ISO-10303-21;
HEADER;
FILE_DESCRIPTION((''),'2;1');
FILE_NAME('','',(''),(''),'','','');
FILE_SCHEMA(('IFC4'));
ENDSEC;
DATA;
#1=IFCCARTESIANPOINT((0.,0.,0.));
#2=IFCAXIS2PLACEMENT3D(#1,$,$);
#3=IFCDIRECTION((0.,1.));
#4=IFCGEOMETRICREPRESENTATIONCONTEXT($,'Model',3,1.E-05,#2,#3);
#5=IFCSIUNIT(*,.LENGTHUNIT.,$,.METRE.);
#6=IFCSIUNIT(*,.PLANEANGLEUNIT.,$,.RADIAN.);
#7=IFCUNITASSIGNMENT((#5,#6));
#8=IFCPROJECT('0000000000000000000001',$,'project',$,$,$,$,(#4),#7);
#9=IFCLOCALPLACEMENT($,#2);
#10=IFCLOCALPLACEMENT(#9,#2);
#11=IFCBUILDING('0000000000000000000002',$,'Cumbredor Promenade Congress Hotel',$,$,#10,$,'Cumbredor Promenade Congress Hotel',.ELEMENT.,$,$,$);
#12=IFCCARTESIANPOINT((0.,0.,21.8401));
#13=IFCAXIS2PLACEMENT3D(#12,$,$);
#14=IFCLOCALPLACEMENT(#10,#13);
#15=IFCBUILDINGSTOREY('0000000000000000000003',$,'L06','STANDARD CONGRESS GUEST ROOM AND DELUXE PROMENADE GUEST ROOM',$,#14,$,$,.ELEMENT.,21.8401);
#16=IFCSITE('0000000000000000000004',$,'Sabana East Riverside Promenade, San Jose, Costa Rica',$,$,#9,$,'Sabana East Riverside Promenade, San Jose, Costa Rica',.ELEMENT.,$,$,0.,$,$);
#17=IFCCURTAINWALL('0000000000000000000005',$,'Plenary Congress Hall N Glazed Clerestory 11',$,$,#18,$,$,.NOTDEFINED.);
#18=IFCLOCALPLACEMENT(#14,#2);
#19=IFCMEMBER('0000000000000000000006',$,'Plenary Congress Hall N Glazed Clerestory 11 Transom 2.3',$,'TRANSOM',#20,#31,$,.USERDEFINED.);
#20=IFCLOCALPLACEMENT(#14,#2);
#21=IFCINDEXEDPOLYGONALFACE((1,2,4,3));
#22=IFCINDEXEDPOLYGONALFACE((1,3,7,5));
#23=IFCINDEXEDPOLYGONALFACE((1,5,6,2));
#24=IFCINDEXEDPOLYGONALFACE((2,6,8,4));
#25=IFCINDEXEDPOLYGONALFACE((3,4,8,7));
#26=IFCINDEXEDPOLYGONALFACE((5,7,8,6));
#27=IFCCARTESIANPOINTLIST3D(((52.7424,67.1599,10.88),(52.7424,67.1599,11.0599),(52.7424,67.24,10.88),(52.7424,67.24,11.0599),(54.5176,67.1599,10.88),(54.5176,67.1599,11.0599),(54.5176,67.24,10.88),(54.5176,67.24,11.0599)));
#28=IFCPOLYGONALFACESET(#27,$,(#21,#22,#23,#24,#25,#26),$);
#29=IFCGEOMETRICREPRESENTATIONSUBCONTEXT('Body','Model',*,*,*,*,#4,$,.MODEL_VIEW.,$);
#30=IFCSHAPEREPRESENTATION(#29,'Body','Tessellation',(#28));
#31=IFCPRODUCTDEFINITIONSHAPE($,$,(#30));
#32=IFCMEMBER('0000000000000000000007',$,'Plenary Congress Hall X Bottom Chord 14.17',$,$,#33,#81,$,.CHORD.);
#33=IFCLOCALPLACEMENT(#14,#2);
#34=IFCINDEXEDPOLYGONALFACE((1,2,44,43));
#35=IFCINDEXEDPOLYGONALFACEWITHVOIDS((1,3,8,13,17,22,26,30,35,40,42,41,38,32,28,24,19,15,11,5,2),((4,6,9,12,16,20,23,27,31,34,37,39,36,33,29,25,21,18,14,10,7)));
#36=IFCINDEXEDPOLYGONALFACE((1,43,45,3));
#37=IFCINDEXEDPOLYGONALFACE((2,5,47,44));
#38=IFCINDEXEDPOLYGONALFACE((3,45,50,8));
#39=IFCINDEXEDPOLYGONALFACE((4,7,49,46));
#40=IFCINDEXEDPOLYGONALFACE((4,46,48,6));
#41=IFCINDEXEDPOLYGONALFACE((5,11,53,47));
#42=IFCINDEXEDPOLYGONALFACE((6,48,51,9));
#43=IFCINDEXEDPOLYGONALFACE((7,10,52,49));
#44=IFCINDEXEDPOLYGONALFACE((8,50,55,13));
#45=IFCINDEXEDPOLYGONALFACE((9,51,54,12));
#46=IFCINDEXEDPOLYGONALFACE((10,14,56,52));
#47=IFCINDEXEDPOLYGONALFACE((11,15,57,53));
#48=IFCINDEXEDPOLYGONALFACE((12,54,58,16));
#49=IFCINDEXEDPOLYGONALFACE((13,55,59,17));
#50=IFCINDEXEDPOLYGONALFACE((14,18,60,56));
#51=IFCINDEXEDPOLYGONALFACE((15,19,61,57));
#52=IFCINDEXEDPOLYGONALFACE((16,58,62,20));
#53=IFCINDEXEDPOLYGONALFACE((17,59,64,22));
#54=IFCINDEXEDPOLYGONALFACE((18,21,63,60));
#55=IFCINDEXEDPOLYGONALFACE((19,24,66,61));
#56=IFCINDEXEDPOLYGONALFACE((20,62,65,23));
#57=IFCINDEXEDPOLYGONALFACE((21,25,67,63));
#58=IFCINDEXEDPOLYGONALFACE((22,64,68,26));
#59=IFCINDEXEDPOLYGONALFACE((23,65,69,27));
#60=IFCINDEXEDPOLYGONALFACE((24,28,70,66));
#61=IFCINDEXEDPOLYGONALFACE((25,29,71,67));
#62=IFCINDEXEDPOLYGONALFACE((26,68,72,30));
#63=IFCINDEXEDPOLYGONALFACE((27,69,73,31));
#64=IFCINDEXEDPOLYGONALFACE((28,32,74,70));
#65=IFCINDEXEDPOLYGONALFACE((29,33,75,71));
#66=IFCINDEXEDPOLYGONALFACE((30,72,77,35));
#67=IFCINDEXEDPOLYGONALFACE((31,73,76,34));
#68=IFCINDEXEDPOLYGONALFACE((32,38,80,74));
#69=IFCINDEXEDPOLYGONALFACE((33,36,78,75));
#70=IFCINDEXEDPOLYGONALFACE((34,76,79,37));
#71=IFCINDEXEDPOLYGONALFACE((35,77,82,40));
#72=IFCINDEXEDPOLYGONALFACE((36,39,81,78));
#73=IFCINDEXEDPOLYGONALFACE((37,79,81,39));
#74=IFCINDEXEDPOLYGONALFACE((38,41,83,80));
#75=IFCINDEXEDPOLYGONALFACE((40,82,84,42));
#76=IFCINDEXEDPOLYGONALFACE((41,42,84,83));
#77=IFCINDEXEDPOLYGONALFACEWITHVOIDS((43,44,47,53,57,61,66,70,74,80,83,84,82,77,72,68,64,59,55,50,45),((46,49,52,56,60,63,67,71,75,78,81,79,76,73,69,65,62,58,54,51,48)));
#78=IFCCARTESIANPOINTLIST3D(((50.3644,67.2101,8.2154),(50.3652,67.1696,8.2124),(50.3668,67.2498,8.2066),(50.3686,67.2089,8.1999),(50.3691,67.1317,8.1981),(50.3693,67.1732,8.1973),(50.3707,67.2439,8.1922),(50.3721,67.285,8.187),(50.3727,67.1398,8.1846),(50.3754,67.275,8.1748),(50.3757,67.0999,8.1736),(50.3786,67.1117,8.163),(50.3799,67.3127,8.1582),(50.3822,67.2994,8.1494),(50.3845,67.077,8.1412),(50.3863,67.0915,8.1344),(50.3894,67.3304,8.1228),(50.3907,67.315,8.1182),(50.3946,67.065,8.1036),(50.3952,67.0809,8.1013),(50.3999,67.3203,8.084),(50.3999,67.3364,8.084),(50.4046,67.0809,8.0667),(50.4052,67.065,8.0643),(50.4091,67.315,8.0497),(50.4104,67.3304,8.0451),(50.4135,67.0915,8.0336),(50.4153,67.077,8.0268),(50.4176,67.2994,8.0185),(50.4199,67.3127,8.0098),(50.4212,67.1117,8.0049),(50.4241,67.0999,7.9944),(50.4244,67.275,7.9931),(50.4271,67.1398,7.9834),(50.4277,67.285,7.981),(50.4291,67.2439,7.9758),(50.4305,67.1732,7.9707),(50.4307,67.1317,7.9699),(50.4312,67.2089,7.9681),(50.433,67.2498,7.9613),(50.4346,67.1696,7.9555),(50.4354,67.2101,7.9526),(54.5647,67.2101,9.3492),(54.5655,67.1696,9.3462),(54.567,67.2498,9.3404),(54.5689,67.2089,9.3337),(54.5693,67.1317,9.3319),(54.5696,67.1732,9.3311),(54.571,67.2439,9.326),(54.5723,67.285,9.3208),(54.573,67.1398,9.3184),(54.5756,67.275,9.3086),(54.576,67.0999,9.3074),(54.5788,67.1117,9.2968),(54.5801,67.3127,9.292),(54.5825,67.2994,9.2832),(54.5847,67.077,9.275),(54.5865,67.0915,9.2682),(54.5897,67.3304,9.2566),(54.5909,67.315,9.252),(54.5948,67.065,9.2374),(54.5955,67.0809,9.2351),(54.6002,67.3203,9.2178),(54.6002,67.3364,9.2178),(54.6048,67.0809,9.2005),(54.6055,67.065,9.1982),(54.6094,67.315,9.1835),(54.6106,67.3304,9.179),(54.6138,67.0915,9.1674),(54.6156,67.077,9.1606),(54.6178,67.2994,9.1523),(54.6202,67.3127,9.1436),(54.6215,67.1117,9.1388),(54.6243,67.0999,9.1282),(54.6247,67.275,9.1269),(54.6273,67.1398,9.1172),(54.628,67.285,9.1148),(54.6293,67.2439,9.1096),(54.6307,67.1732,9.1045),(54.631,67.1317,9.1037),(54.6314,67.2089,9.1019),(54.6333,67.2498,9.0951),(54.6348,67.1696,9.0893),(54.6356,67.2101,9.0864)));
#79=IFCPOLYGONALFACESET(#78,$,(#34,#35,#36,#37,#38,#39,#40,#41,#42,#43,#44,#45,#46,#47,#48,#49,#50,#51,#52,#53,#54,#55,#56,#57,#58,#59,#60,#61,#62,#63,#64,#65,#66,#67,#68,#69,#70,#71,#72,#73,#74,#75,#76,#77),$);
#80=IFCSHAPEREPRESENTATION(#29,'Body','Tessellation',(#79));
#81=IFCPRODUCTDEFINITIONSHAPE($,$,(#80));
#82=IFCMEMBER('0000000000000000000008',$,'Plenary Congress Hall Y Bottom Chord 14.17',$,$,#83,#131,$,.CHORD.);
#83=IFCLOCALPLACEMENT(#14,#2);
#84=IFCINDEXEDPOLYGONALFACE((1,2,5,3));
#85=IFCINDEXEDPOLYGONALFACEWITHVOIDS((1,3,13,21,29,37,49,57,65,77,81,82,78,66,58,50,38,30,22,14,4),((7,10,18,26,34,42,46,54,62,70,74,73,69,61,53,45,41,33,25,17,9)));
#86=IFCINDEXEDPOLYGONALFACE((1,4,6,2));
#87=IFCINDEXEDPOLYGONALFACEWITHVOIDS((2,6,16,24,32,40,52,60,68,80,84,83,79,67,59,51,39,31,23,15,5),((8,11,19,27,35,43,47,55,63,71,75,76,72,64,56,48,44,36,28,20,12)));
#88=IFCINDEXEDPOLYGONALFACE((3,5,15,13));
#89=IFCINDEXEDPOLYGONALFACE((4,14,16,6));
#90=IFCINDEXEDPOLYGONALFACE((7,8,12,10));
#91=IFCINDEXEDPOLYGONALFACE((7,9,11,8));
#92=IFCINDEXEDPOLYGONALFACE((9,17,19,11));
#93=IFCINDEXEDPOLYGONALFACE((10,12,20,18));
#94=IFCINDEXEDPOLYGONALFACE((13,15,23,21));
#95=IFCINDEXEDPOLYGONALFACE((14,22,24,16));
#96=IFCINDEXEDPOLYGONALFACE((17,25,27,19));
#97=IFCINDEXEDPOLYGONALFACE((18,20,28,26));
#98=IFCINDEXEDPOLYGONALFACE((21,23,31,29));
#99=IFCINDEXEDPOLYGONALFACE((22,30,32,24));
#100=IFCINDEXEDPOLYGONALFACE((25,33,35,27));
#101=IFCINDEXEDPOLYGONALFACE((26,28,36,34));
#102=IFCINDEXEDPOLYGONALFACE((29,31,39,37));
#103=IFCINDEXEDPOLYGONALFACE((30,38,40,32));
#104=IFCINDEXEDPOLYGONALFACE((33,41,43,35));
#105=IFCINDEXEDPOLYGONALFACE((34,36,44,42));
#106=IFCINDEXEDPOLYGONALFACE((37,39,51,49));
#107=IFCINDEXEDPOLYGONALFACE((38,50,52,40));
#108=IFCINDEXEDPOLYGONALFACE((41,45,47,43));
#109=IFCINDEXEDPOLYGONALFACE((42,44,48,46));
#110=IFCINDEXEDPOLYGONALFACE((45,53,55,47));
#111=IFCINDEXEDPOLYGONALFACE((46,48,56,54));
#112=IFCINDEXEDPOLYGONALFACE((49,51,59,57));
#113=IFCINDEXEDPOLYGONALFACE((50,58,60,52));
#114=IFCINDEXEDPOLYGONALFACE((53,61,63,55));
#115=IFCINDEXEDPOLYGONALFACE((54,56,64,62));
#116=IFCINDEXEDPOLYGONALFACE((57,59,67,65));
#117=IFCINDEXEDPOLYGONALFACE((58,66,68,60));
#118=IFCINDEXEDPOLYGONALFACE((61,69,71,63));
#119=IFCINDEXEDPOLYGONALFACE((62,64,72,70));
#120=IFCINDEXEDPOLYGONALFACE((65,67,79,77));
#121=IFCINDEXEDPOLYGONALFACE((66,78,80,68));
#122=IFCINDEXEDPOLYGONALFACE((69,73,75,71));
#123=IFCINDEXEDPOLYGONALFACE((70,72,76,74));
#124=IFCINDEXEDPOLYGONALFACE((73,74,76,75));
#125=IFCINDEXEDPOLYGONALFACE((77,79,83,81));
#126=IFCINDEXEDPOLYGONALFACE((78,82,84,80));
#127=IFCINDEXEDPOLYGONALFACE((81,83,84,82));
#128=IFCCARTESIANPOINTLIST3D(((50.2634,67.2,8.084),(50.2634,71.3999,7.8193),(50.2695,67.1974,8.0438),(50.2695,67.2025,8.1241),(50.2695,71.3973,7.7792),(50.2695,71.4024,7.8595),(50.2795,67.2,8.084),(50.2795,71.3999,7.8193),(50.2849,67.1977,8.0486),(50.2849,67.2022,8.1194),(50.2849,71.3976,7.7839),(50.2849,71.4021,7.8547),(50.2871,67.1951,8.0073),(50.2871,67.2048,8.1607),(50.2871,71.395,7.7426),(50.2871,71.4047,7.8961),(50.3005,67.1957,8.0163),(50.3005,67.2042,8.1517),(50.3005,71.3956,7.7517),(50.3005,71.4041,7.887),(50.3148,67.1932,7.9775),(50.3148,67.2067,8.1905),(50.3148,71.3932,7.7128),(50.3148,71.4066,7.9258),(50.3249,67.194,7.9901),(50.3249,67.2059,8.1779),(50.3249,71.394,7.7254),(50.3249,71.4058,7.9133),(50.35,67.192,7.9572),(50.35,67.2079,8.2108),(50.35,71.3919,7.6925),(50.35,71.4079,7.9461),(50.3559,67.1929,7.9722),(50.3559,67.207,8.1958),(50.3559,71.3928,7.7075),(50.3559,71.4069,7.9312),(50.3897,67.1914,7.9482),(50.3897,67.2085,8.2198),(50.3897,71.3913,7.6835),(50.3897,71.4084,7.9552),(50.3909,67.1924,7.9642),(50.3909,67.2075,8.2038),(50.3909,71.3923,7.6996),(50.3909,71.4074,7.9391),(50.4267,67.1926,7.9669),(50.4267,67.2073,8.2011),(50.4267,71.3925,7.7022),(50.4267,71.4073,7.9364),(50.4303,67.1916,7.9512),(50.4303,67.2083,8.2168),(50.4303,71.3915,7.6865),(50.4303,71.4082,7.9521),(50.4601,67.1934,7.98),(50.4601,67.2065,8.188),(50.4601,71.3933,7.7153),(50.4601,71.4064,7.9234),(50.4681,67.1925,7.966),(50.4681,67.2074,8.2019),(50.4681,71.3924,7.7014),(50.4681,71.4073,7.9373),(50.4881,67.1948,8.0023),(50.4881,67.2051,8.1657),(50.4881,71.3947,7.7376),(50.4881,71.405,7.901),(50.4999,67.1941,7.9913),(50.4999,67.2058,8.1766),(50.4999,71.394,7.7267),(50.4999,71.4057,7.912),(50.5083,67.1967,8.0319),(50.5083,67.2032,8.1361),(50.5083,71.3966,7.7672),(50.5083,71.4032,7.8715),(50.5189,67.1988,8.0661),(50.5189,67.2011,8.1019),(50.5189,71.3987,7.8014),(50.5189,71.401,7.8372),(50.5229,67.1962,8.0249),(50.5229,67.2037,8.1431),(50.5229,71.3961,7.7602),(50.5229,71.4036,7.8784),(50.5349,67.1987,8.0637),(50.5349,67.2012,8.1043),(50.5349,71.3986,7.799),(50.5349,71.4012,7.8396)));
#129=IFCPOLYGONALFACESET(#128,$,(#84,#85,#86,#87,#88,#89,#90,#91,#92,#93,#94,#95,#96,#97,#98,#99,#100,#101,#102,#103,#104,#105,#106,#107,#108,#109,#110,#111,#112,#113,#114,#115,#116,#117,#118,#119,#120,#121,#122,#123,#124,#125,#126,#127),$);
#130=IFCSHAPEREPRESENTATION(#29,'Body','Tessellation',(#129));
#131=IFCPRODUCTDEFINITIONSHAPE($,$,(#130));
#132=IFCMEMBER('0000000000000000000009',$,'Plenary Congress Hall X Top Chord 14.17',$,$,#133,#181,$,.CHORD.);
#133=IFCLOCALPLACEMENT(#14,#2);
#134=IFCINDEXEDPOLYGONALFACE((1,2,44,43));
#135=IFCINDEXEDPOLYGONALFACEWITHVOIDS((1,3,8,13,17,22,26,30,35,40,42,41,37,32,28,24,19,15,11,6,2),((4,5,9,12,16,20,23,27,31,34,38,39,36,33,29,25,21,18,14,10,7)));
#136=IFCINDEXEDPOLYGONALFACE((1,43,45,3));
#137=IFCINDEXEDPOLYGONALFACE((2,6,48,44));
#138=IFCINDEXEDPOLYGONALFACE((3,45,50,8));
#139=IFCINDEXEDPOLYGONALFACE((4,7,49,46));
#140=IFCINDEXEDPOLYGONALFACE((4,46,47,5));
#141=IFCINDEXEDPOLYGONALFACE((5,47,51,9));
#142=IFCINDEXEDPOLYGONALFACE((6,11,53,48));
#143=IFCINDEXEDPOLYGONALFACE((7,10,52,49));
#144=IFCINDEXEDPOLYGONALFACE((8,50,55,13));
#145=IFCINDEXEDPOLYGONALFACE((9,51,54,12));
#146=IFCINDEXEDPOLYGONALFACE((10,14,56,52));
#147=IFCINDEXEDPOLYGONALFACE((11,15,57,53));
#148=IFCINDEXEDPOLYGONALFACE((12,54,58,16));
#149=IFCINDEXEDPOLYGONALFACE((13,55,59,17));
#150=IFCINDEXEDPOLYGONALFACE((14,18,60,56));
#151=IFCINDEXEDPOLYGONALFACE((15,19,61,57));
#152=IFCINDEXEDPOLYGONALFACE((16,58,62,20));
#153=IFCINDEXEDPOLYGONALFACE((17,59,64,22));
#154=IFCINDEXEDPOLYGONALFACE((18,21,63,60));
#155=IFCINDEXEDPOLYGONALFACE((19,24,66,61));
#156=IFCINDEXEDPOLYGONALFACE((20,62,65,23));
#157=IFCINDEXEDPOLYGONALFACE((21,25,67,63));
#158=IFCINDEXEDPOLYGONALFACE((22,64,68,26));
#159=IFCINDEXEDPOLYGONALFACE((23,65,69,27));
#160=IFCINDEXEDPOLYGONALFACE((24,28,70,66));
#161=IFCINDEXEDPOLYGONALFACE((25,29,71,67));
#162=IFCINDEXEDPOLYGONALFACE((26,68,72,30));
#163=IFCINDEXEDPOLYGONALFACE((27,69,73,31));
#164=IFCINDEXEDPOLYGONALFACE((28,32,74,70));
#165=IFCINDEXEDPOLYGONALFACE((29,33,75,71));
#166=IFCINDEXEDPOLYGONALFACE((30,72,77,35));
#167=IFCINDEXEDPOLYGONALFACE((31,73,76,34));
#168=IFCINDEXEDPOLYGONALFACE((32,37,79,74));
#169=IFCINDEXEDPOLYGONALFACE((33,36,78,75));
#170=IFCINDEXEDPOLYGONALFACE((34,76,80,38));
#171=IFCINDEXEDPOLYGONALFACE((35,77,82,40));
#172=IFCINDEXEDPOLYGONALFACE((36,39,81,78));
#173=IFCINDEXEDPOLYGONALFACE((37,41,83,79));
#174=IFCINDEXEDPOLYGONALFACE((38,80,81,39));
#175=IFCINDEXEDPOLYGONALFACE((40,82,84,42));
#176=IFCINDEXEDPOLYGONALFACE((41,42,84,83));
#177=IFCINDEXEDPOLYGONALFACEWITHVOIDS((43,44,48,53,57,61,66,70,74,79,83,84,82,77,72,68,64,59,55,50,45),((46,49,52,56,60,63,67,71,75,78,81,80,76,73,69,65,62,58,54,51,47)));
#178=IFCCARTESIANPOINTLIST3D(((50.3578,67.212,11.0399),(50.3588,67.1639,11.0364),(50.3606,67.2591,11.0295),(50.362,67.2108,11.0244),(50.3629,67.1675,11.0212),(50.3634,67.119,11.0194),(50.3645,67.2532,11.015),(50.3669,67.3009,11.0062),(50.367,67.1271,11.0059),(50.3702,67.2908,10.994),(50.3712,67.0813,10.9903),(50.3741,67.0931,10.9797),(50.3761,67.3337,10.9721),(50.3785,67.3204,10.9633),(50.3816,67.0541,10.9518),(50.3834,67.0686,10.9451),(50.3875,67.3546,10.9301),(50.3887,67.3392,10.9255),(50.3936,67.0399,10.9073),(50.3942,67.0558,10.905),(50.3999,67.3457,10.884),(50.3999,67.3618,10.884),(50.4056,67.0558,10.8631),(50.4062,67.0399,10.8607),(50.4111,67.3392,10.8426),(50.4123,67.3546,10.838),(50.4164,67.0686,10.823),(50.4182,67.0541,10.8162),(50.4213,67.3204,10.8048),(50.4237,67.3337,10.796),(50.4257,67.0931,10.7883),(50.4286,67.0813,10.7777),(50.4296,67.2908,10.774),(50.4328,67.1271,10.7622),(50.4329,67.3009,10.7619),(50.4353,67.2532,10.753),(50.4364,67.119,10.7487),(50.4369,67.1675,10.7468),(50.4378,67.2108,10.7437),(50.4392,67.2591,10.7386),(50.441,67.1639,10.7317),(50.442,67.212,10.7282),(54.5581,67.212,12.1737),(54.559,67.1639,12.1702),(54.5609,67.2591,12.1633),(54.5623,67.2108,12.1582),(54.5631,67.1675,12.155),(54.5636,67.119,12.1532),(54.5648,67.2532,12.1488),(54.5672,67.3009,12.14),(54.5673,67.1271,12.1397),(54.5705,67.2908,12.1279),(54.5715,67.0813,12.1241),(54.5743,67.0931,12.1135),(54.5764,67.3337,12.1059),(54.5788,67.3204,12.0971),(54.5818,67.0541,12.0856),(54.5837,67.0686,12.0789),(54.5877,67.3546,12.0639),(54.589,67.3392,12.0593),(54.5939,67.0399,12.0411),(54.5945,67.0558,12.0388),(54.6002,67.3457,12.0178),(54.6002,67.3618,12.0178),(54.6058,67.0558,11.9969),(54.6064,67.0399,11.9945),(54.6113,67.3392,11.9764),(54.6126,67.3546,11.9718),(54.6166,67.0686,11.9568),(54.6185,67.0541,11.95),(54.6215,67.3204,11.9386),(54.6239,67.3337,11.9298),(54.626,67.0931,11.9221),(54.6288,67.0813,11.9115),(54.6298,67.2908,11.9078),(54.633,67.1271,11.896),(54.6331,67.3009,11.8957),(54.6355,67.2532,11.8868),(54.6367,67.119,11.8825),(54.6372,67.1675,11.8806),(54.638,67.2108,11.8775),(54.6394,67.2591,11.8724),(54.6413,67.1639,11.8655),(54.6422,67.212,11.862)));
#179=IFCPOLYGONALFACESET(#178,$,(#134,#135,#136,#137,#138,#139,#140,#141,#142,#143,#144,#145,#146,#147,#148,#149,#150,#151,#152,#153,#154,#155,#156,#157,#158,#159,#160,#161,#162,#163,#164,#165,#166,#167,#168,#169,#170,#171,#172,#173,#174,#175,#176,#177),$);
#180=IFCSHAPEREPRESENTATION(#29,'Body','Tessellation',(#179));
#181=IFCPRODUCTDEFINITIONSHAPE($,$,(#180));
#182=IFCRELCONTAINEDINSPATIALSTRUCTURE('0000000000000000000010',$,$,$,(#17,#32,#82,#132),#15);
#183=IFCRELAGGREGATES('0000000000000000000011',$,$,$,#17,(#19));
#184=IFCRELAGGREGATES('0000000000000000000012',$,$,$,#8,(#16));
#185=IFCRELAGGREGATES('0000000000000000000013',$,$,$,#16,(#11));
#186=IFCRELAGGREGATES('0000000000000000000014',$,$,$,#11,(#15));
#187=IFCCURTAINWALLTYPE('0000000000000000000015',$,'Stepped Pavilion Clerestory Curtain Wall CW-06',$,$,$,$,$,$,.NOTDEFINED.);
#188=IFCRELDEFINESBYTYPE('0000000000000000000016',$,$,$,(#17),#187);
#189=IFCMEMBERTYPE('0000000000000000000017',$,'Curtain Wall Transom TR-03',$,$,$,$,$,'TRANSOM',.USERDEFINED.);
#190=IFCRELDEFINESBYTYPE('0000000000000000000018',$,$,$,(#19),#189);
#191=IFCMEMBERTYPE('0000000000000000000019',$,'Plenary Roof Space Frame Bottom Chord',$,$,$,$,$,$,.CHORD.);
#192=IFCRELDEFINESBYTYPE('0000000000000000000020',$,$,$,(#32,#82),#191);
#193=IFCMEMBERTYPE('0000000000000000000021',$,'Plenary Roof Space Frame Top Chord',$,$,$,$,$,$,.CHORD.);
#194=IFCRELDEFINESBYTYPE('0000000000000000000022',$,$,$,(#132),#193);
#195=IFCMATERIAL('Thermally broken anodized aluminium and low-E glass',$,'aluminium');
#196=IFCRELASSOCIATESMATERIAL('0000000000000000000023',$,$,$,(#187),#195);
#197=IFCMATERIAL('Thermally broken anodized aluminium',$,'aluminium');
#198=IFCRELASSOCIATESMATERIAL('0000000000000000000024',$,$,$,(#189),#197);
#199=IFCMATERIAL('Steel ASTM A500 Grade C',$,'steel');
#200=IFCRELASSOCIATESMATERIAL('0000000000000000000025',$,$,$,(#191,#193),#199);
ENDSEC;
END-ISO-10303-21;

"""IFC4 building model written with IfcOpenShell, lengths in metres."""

from ifc_helpers import new_model, si_unit, direction, frame, origin, origin_2d, place, context, subcontext, project, spatial, rectangle, hollow_circle, extrude, material, material_profile, profile_set, type_object, element, aggregate, save


model = new_model("IFC4")

# Units and contexts
model_context = context("Model", 3, precision=1e-05, world=origin(), true_north=direction((0.0, 1.0)))
body_context = subcontext(model_context, "Body", "Model", "MODEL_VIEW")
ifc_project = project(units=[si_unit("LENGTHUNIT", "METRE"), si_unit("PLANEANGLEUNIT", "RADIAN")], contexts=[model_context])

# Site, building, storey
site_placement = place(None, origin())
site = spatial("IfcSite", under=ifc_project, at=site_placement, Name="Sabana East Riverside Promenade, San Jose, Costa Rica", LongName="Sabana East Riverside Promenade, San Jose, Costa Rica", CompositionType="ELEMENT", RefElevation=0.0)
building_placement = place(site_placement, origin())
building = spatial("IfcBuilding", under=site, at=building_placement, Name="Cumbredor Promenade Congress Hotel", LongName="Cumbredor Promenade Congress Hotel", CompositionType="ELEMENT")
storey_placement = place(building_placement, frame((0.0, 0.0, 21.8401)))
storey = spatial("IfcBuildingStorey", under=building, at=storey_placement, Name="L06", Description="STANDARD CONGRESS GUEST ROOM AND DELUXE PROMENADE GUEST ROOM", CompositionType="ELEMENT", Elevation=21.8401)

# Curtain wall
ifc_material_1 = material(Name="Thermally broken anodized aluminium and low-E glass", Category="aluminium")
curtain_wall_type = type_object("IfcCurtainWallType", Name="Stepped Pavilion Clerestory Curtain Wall CW-06", PredefinedType="NOTDEFINED", material=ifc_material_1)
ifc_material_2 = material(Name="Thermally broken anodized aluminium", Category="aluminium")
curtain_wall_1_placement = place(storey_placement, origin())
curtain_wall_1 = element("IfcCurtainWall", 1, at=curtain_wall_1_placement, inside=storey, type_object=curtain_wall_type, Name="Plenary Congress Hall N Glazed Clerestory 11", PredefinedType="NOTDEFINED")

# Member
ifc_material_profile_1 = material_profile(ifc_material_2, rectangle(XDim=0.0801, YDim=0.1799, at=origin_2d()), Name="ALU TRANSOM 80x180")
ifc_profile_set_1 = profile_set([ifc_material_profile_1], Name="Thermally broken anodized aluminium")
member_type_1 = type_object("IfcMemberType", Name="Curtain Wall Transom TR-03", ElementType="TRANSOM", PredefinedType="USERDEFINED", material=ifc_profile_set_1)
member_1_placement = place(storey_placement, frame((52.7424, 67.2, 10.97), z_axis=(1.0, 0.0, 0.0), x_axis=(0.0, 1.0, 0.0)))
member_1 = element("IfcMember", 2, at=member_1_placement, type_object=member_type_1, Name="Plenary Congress Hall N Glazed Clerestory 11 Transom 2.3", ObjectType="TRANSOM", PredefinedType="USERDEFINED", context=body_context, shape_type="SweptSolid", body=[
    extrude(rectangle(XDim=0.0801, YDim=0.1799, at=origin_2d()), origin(), (0.0, 0.0, 1.0), 1.7751),
])

# Members
ifc_material_3 = material(Name="Steel ASTM A500 Grade C", Category="steel")
ifc_material_profile_2 = material_profile(ifc_material_3, hollow_circle(Radius=0.1365, WallThickness=0.0161, at=origin_2d()), Name="CHS 273.0x16")
ifc_profile_set_2 = profile_set([ifc_material_profile_2], Name="Steel ASTM A500 Grade C")
member_type_2 = type_object("IfcMemberType", Name="Plenary Roof Space Frame Bottom Chord", PredefinedType="CHORD", material=ifc_profile_set_2)
member_2_placement = place(storey_placement, frame((50.3999, 67.2, 8.084), z_axis=(0.965444, 0.0, 0.260609), x_axis=(0.0, 1.0, 0.0)))
element("IfcMember", 3, at=member_2_placement, inside=storey, type_object=member_type_2, Name="Plenary Congress Hall X Bottom Chord 14.17", PredefinedType="CHORD", context=body_context, shape_type="SweptSolid", body=[
    extrude(hollow_circle(Radius=0.1365, WallThickness=0.0161, at=origin_2d()), origin(), (0.0, 0.0, 1.0), 4.3506),
])
member_3_placement = place(storey_placement, frame((50.3999, 67.2, 8.084), z_axis=(0.0, 0.998021, -0.062888), x_axis=(-1.0, 0.0, 0.0)))
element("IfcMember", 4, at=member_3_placement, inside=storey, type_object=member_type_2, Name="Plenary Congress Hall Y Bottom Chord 14.17", PredefinedType="CHORD", context=body_context, shape_type="SweptSolid", body=[
    extrude(hollow_circle(Radius=0.1365, WallThickness=0.0161, at=origin_2d()), origin(), (0.0, 0.0, 1.0), 4.2083),
])
ifc_material_profile_3 = material_profile(ifc_material_3, hollow_circle(Radius=0.1619, WallThickness=0.0161, at=origin_2d()), Name="CHS 323.9x16")
ifc_profile_set_3 = profile_set([ifc_material_profile_3], Name="Steel ASTM A500 Grade C")
member_type_3 = type_object("IfcMemberType", Name="Plenary Roof Space Frame Top Chord", PredefinedType="CHORD", material=ifc_profile_set_3)
member_4_placement = place(storey_placement, frame((50.3999, 67.2, 10.884), z_axis=(0.965444, 0.0, 0.260609), x_axis=(0.0, 1.0, 0.0)))
element("IfcMember", 5, at=member_4_placement, inside=storey, type_object=member_type_3, Name="Plenary Congress Hall X Top Chord 14.17", PredefinedType="CHORD", context=body_context, shape_type="SweptSolid", body=[
    extrude(hollow_circle(Radius=0.1619, WallThickness=0.0161, at=origin_2d()), origin(), (0.0, 0.0, 1.0), 4.3506),
])

aggregate(curtain_wall_1, [member_1])

save(model, "model.ifc")
